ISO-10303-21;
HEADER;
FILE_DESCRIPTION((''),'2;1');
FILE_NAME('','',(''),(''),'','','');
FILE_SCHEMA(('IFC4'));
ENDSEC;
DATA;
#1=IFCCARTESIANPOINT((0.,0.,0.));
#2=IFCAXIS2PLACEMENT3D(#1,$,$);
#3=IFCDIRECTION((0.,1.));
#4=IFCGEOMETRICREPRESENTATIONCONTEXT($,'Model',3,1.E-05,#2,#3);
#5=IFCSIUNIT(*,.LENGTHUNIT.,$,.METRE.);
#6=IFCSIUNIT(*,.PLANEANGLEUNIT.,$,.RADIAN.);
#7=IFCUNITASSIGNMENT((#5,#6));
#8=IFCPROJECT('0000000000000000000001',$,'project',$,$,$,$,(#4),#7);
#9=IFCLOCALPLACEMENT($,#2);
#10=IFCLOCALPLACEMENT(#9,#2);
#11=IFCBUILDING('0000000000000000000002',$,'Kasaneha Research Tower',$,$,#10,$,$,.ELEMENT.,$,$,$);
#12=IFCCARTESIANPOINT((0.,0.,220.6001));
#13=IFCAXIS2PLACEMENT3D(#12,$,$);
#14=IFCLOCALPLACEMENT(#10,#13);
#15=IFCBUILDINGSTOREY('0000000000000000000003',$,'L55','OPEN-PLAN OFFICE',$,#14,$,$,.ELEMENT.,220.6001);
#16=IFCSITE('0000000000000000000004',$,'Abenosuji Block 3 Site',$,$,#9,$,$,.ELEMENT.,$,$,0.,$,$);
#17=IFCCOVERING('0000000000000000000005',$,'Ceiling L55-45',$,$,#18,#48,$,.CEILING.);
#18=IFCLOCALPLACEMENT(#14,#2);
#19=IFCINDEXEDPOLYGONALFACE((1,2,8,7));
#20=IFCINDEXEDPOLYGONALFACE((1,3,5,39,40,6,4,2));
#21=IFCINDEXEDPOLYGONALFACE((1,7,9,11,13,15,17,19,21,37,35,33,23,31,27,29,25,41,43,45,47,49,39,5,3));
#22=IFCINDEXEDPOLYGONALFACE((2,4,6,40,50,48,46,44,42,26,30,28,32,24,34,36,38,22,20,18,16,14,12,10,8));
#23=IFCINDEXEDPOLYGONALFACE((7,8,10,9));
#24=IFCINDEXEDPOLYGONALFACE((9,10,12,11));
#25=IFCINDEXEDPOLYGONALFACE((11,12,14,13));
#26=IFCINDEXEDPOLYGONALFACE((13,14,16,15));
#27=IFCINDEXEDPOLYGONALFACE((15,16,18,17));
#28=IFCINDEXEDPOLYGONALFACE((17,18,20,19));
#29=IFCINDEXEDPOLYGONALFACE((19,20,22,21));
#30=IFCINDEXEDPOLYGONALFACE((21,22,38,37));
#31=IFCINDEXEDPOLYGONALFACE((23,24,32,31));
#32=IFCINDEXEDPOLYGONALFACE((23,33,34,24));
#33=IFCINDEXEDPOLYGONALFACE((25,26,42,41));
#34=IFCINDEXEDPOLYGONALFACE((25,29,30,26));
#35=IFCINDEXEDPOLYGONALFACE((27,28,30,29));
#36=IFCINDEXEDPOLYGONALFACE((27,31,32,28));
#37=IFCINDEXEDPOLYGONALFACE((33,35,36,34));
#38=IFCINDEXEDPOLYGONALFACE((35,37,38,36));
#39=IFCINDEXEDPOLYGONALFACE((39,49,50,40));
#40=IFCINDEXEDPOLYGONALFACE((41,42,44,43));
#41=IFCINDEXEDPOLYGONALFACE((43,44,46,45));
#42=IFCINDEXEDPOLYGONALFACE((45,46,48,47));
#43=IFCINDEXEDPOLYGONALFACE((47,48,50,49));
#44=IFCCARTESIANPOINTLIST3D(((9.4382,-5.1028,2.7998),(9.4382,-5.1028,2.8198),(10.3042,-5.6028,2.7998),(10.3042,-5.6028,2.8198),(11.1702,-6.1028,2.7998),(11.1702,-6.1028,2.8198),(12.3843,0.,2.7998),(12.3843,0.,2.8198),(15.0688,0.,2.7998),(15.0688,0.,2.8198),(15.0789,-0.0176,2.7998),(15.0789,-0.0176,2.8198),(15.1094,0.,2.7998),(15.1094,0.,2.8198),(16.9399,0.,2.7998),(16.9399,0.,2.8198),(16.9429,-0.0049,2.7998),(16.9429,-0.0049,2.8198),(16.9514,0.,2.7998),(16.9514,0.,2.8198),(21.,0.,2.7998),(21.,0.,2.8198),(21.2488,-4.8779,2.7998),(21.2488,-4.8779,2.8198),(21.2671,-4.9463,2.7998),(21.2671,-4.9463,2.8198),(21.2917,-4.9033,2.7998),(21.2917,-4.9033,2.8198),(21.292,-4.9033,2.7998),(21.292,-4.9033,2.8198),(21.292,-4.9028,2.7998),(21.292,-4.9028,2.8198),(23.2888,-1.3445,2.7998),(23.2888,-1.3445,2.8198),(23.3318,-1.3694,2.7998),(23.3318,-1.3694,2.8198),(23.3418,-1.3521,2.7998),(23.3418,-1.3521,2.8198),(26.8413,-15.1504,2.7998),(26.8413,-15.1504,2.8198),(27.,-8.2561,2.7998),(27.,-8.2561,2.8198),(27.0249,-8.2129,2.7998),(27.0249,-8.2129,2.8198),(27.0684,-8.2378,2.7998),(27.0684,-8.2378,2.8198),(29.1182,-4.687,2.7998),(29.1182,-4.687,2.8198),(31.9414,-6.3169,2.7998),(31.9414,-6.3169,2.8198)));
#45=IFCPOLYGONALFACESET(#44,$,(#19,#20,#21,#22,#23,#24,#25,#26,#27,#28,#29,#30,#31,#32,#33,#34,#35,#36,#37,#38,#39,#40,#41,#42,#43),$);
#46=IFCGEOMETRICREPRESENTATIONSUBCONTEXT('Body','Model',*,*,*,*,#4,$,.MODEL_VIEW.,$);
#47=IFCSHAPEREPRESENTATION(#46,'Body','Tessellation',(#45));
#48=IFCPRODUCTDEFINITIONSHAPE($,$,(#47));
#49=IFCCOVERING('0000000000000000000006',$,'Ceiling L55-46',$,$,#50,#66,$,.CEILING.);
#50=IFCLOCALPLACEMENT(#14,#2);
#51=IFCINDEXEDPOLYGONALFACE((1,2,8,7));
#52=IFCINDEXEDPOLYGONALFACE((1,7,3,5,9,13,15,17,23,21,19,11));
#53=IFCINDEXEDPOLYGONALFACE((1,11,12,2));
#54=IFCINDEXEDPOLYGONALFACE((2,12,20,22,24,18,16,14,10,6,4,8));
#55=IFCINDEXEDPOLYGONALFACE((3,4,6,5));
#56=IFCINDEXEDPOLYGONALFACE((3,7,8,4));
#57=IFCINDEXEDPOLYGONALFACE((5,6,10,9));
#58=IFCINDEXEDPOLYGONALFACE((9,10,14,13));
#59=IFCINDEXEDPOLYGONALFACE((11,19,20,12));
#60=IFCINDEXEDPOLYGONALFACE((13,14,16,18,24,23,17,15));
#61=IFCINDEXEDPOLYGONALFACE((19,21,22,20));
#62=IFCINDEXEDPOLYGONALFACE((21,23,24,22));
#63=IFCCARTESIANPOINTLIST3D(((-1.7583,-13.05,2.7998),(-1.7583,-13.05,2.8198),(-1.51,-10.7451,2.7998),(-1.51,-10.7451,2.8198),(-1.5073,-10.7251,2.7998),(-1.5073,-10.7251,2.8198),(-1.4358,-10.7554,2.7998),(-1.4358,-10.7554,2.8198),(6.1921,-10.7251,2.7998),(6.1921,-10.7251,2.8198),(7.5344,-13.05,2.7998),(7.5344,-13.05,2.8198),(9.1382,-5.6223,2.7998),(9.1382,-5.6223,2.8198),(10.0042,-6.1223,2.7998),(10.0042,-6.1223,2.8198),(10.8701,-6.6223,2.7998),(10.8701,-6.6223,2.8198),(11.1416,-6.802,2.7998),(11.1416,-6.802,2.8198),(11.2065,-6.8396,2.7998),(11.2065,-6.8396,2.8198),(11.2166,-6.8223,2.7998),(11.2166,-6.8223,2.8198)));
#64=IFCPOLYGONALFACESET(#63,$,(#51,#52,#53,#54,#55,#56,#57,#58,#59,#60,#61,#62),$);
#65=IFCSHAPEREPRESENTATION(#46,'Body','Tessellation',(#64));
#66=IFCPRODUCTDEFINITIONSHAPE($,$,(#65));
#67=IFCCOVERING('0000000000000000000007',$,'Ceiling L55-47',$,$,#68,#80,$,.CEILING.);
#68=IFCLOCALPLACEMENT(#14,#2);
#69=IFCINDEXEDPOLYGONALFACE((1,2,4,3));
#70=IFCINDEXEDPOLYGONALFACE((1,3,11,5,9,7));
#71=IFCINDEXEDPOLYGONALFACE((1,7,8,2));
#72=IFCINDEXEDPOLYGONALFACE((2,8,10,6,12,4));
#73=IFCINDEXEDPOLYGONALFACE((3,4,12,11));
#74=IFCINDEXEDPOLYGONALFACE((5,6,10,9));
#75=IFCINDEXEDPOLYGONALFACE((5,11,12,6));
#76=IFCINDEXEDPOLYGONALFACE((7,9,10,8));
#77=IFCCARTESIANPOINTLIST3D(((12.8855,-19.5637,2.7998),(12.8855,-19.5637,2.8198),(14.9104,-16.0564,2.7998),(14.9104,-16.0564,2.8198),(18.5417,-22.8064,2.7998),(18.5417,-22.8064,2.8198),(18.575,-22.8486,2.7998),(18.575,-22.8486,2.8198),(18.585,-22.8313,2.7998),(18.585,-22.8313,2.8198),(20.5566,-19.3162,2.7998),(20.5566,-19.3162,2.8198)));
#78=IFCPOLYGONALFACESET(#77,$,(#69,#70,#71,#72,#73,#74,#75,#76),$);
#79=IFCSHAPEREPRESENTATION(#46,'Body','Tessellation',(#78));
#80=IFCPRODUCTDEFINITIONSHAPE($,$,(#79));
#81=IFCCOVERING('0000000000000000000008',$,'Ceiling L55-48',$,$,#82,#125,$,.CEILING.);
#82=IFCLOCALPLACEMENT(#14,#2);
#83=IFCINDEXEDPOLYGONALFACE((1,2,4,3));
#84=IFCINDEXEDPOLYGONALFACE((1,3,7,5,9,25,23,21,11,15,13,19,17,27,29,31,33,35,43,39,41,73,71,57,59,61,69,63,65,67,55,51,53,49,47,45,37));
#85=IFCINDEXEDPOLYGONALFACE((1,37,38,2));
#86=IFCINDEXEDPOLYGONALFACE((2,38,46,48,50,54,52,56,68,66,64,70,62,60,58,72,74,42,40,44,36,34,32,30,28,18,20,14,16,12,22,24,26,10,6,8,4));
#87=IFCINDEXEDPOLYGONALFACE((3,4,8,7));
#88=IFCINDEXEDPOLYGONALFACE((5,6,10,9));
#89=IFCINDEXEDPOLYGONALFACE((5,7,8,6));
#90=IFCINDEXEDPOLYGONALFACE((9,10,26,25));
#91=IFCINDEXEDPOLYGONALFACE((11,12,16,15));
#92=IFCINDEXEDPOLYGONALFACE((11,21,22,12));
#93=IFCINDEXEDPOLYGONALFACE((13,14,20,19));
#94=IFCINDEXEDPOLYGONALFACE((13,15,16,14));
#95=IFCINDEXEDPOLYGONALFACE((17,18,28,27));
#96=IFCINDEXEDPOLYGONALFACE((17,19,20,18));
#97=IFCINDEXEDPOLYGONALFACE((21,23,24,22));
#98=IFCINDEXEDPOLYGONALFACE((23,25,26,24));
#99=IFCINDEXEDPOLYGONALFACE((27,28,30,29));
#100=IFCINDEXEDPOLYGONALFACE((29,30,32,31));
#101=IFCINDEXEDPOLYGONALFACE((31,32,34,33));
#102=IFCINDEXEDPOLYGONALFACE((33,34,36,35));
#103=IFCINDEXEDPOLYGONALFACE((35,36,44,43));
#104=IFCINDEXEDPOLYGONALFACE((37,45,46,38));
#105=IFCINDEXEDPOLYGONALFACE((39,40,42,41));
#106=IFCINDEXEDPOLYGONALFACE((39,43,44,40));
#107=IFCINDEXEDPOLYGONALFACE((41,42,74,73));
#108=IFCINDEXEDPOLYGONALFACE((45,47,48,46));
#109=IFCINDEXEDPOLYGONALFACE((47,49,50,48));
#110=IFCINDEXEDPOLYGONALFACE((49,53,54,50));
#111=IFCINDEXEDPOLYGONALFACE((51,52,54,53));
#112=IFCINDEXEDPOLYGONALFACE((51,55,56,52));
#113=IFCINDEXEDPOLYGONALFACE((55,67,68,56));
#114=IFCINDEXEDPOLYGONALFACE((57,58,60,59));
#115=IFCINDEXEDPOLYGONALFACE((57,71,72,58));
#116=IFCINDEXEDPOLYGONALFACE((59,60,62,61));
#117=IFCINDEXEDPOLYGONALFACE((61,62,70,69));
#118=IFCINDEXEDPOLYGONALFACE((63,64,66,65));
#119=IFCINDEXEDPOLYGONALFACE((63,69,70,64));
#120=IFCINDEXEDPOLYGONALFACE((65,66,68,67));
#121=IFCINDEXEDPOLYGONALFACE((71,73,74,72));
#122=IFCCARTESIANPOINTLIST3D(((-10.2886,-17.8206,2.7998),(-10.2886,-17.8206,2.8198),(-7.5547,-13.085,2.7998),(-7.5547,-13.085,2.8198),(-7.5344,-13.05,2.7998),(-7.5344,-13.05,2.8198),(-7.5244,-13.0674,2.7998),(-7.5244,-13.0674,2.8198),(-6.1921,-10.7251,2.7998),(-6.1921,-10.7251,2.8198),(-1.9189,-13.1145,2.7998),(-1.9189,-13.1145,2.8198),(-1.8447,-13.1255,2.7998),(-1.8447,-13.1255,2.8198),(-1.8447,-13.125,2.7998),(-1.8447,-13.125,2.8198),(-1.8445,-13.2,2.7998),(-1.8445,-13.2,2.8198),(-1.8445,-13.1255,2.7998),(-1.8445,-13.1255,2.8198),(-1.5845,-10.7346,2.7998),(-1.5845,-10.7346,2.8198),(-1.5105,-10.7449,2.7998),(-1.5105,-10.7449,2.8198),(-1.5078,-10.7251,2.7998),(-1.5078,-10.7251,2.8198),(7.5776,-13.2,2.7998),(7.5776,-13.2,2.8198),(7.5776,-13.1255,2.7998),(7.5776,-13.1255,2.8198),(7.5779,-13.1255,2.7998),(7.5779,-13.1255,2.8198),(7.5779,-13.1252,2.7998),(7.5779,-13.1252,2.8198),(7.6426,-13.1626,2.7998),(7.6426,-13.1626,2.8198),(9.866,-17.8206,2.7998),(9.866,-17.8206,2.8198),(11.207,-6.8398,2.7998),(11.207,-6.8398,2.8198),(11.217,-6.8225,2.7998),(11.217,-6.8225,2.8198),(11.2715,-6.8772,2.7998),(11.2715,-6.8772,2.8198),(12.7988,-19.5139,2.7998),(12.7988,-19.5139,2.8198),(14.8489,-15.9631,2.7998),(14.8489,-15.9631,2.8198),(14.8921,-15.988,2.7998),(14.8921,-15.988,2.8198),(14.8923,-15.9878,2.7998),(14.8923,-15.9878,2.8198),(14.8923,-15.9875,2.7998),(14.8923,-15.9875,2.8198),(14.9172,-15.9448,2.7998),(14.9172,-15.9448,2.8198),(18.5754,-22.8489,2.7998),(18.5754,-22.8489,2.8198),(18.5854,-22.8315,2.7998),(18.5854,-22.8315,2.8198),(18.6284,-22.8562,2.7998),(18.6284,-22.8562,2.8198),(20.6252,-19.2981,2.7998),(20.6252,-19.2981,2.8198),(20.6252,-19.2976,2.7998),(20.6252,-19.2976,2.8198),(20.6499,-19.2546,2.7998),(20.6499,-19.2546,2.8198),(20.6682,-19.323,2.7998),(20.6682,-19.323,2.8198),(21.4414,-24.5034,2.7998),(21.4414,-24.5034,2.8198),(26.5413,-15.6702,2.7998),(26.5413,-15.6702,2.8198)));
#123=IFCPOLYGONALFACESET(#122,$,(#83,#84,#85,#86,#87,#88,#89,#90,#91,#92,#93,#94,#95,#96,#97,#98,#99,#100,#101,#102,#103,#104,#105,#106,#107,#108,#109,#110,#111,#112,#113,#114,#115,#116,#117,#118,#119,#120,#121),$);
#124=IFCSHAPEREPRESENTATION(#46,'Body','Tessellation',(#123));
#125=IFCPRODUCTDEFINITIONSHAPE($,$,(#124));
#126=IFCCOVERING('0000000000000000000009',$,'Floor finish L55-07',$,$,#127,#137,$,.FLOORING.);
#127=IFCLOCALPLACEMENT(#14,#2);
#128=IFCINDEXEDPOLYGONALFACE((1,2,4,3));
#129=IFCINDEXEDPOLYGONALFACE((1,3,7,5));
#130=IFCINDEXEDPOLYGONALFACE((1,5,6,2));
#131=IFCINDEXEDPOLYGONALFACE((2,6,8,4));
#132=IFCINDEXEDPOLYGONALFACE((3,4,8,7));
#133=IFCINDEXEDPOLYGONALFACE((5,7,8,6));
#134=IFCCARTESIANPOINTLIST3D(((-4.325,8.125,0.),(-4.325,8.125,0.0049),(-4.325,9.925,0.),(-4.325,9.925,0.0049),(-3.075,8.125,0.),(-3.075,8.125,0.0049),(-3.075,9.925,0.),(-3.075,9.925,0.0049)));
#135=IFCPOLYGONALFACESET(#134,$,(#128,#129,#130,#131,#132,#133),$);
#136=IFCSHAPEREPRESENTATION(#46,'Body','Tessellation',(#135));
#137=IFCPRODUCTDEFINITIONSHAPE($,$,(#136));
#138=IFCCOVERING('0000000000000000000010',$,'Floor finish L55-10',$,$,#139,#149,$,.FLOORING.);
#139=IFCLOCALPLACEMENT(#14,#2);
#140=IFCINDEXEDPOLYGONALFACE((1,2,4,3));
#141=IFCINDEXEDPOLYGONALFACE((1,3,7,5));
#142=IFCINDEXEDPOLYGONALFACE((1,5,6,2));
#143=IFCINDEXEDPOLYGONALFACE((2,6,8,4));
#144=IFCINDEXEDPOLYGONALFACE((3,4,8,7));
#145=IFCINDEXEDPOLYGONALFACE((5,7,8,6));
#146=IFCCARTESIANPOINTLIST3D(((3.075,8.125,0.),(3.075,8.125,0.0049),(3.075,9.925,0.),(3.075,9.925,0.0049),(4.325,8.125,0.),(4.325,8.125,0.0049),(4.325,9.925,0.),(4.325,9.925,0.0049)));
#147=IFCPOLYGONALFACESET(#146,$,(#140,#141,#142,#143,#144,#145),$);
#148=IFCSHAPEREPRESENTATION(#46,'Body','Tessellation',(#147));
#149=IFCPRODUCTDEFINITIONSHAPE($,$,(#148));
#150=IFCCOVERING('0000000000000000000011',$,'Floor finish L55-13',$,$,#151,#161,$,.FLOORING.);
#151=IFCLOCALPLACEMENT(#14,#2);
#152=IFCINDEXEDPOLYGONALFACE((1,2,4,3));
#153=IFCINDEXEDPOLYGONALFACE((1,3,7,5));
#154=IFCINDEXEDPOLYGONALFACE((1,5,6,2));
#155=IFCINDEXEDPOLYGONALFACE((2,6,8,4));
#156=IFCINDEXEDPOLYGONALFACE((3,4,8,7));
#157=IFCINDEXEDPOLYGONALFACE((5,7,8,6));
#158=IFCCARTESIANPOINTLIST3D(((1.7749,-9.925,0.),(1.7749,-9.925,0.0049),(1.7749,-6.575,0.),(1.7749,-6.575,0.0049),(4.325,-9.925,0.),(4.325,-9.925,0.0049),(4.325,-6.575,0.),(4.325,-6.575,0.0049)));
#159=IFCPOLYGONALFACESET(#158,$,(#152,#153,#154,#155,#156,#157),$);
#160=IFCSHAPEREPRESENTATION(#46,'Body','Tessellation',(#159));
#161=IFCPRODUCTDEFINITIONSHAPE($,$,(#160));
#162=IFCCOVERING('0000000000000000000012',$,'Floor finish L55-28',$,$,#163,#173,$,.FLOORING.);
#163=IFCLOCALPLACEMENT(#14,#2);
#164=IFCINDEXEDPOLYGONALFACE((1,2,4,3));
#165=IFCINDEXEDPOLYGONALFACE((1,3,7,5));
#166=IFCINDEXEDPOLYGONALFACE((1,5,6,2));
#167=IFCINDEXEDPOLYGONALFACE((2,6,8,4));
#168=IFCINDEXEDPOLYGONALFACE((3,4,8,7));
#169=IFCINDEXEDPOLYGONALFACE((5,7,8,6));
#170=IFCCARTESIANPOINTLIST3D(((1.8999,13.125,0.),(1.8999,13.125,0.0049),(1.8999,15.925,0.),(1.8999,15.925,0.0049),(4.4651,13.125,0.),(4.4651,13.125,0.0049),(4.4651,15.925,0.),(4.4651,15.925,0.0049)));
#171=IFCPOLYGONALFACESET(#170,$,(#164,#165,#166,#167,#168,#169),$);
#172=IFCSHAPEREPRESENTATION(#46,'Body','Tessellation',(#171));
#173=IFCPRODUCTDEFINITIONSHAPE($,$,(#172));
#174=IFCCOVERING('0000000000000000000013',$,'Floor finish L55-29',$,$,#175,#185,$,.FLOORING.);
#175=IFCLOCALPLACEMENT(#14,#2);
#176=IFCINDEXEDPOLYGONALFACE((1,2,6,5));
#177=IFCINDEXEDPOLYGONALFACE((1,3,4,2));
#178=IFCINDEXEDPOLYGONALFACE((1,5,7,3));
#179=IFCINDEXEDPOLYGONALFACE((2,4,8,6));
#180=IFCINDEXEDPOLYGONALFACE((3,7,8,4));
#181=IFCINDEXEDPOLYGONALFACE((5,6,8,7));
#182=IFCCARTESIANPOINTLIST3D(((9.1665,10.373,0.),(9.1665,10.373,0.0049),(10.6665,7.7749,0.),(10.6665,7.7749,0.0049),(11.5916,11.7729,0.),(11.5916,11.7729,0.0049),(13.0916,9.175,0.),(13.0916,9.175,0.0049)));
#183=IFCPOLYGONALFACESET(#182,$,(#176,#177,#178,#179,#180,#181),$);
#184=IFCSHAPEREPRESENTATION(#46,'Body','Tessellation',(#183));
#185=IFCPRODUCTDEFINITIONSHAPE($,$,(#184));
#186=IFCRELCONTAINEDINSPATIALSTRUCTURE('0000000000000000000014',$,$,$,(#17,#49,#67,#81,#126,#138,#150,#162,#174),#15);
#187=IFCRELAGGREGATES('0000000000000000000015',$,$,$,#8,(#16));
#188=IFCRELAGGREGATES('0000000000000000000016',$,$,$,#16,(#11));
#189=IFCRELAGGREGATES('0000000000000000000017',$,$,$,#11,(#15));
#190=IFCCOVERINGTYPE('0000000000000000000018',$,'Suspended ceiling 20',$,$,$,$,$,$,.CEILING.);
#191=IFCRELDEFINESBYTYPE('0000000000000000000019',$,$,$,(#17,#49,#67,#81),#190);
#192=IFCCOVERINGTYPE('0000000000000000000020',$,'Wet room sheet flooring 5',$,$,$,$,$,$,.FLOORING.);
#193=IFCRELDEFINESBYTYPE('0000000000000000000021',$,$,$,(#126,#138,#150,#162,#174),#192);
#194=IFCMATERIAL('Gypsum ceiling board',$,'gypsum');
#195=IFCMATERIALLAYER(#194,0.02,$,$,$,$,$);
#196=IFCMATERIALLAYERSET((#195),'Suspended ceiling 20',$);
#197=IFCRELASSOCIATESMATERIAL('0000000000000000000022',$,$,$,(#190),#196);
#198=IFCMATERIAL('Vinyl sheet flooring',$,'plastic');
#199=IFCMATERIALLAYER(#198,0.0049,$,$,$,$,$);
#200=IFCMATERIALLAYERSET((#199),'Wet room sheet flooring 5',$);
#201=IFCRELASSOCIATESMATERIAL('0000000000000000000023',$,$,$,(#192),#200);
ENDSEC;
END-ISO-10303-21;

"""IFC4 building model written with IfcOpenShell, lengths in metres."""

from ifc_helpers import new_model, si_unit, direction, frame, origin, place, context, subcontext, project, spatial, polyline, outline, extrude, material, layer, layer_set, type_object, element, save


model = new_model("IFC4")

# Units and contexts
model_context = context("Model", 3, precision=1e-05, world=origin(), true_north=direction((0.0, 1.0)))
body_context = subcontext(model_context, "Body", "Model", "MODEL_VIEW")
ifc_project = project(units=[si_unit("LENGTHUNIT", "METRE"), si_unit("PLANEANGLEUNIT", "RADIAN")], contexts=[model_context])

# Site, building, storey
site_placement = place(None, origin())
site = spatial("IfcSite", under=ifc_project, at=site_placement, Name="Abenosuji Block 3 Site", CompositionType="ELEMENT", RefElevation=0.0)
building_placement = place(site_placement, origin())
building = spatial("IfcBuilding", under=site, at=building_placement, Name="Kasaneha Research Tower", CompositionType="ELEMENT")
storey_placement = place(building_placement, frame((0.0, 0.0, 220.6001)))
storey = spatial("IfcBuildingStorey", under=building, at=storey_placement, Name="L55", Description="OPEN-PLAN OFFICE", CompositionType="ELEMENT", Elevation=220.6001)

# Coverings
ifc_material_1 = material(Name="Gypsum ceiling board", Category="gypsum")
ifc_layer_1 = layer(ifc_material_1, 0.02)
ifc_layer_set_1 = layer_set([ifc_layer_1], Name="Suspended ceiling 20")
covering_type_1 = type_object("IfcCoveringType", Name="Suspended ceiling 20", PredefinedType="CEILING", material=ifc_layer_set_1)
covering_1_placement = place(storey_placement, frame((0.0, 0.0, 2.7998)))
element("IfcCovering", 1, at=covering_1_placement, inside=storey, type_object=covering_type_1, Name="Ceiling L55-45", PredefinedType="CEILING", context=body_context, shape_type="SweptSolid", body=[
    extrude(outline(polyline([(10.3042, -5.6028), (10.3042, -5.6028), (9.4382, -5.1028), (12.3843, 0.0), (15.0688, 0.0), (15.0789, -0.0176), (15.1094, 0.0), (16.9399, 0.0), (16.9429, -0.0049), (16.9514, 0.0), (21.0, 0.0), (23.3418, -1.3521), (23.3318, -1.3694), (23.2888, -1.3445), (21.2488, -4.8779), (21.292, -4.9028), (21.2917, -4.9033), (21.292, -4.9033), (21.2671, -4.9463), (27.0, -8.2561), (27.0249, -8.2129), (27.0684, -8.2378), (29.1182, -4.687), (31.9414, -6.3169), (26.8413, -15.1504), (11.1702, -6.1028), (11.1702, -6.1028), (10.3042, -5.6028)])), origin(), (0.0, 0.0, 1.0), 0.02),
])
covering_2_placement = place(storey_placement, frame((0.0, 0.0, 2.7998)))
element("IfcCovering", 2, at=covering_2_placement, inside=storey, type_object=covering_type_1, Name="Ceiling L55-46", PredefinedType="CEILING", context=body_context, shape_type="SweptSolid", body=[
    extrude(outline(polyline([(9.1382, -5.6223), (10.0042, -6.1223), (10.0042, -6.1223), (10.8701, -6.6223), (10.8701, -6.6223), (11.2166, -6.8223), (11.2065, -6.8396), (11.1416, -6.802), (7.5344, -13.05), (-1.7583, -13.05), (-1.4358, -10.7554), (-1.51, -10.7451), (-1.5073, -10.7251), (6.1921, -10.7251), (9.1382, -5.6223)])), origin(), (0.0, 0.0, 1.0), 0.02),
])
covering_3_placement = place(storey_placement, frame((0.0, 0.0, 2.7998)))
element("IfcCovering", 3, at=covering_3_placement, inside=storey, type_object=covering_type_1, Name="Ceiling L55-47", PredefinedType="CEILING", context=body_context, shape_type="SweptSolid", body=[
    extrude(outline(polyline([(12.8855, -19.5637), (14.9104, -16.0564), (20.5566, -19.3162), (18.5417, -22.8064), (18.585, -22.8313), (18.575, -22.8486), (12.8855, -19.5637)])), origin(), (0.0, 0.0, 1.0), 0.02),
])
covering_4_placement = place(storey_placement, frame((0.0, 0.0, 2.7998)))
element("IfcCovering", 4, at=covering_4_placement, inside=storey, type_object=covering_type_1, Name="Ceiling L55-48", PredefinedType="CEILING", context=body_context, shape_type="SweptSolid", body=[
    extrude(outline(polyline([(-1.5078, -10.7251), (-1.5105, -10.7449), (-1.5845, -10.7346), (-1.9189, -13.1145), (-1.8447, -13.125), (-1.8447, -13.1255), (-1.8445, -13.1255), (-1.8445, -13.2), (7.5776, -13.2), (7.5776, -13.1255), (7.5779, -13.1255), (7.5779, -13.1252), (7.6426, -13.1626), (11.2715, -6.8772), (11.207, -6.8398), (11.217, -6.8225), (26.5413, -15.6702), (21.4414, -24.5034), (18.5754, -22.8489), (18.5854, -22.8315), (18.6284, -22.8562), (20.6682, -19.323), (20.6252, -19.2981), (20.6252, -19.2976), (20.6252, -19.2976), (20.6499, -19.2546), (14.9172, -15.9448), (14.8923, -15.9878), (14.8923, -15.9875), (14.8921, -15.988), (14.8489, -15.9631), (12.7988, -19.5139), (9.866, -17.8206), (-10.2886, -17.8206), (-7.5547, -13.085), (-7.5244, -13.0674), (-7.5344, -13.05), (-6.1921, -10.7251), (-1.5078, -10.7251)])), origin(), (0.0, 0.0, 1.0), 0.02),
])
ifc_material_2 = material(Name="Vinyl sheet flooring", Category="plastic")
ifc_layer_2 = layer(ifc_material_2, 0.0049)
ifc_layer_set_2 = layer_set([ifc_layer_2], Name="Wet room sheet flooring 5")
covering_type_2 = type_object("IfcCoveringType", Name="Wet room sheet flooring 5", PredefinedType="FLOORING", material=ifc_layer_set_2)
covering_5_placement = place(storey_placement, origin())
element("IfcCovering", 5, at=covering_5_placement, inside=storey, type_object=covering_type_2, Name="Floor finish L55-07", PredefinedType="FLOORING", context=body_context, shape_type="SweptSolid", body=[
    extrude(outline(polyline([(-4.325, 8.125), (-4.325, 9.925), (-3.075, 9.925), (-3.075, 8.125), (-4.325, 8.125)])), origin(), (0.0, 0.0, 1.0), 0.0049),
])
covering_6_placement = place(storey_placement, origin())
element("IfcCovering", 6, at=covering_6_placement, inside=storey, type_object=covering_type_2, Name="Floor finish L55-10", PredefinedType="FLOORING", context=body_context, shape_type="SweptSolid", body=[
    extrude(outline(polyline([(4.325, 8.125), (3.075, 8.125), (3.075, 9.925), (4.325, 9.925), (4.325, 8.125)])), origin(), (0.0, 0.0, 1.0), 0.0049),
])
covering_7_placement = place(storey_placement, origin())
element("IfcCovering", 7, at=covering_7_placement, inside=storey, type_object=covering_type_2, Name="Floor finish L55-13", PredefinedType="FLOORING", context=body_context, shape_type="SweptSolid", body=[
    extrude(outline(polyline([(1.7749, -9.925), (1.7749, -6.575), (4.325, -6.575), (4.325, -9.925), (1.7749, -9.925)])), origin(), (0.0, 0.0, 1.0), 0.0049),
])
covering_8_placement = place(storey_placement, origin())
element("IfcCovering", 8, at=covering_8_placement, inside=storey, type_object=covering_type_2, Name="Floor finish L55-28", PredefinedType="FLOORING", context=body_context, shape_type="SweptSolid", body=[
    extrude(outline(polyline([(1.8999, 15.925), (4.4651, 15.925), (4.4651, 13.125), (1.8999, 13.125), (1.8999, 15.925)])), origin(), (0.0, 0.0, 1.0), 0.0049),
])
covering_9_placement = place(storey_placement, origin())
element("IfcCovering", 9, at=covering_9_placement, inside=storey, type_object=covering_type_2, Name="Floor finish L55-29", PredefinedType="FLOORING", context=body_context, shape_type="SweptSolid", body=[
    extrude(outline(polyline([(11.5916, 11.7729), (13.0916, 9.175), (10.6665, 7.7749), (9.1665, 10.373), (11.5916, 11.7729)])), origin(), (0.0, 0.0, 1.0), 0.0049),
])

save(model, "model.ifc")
